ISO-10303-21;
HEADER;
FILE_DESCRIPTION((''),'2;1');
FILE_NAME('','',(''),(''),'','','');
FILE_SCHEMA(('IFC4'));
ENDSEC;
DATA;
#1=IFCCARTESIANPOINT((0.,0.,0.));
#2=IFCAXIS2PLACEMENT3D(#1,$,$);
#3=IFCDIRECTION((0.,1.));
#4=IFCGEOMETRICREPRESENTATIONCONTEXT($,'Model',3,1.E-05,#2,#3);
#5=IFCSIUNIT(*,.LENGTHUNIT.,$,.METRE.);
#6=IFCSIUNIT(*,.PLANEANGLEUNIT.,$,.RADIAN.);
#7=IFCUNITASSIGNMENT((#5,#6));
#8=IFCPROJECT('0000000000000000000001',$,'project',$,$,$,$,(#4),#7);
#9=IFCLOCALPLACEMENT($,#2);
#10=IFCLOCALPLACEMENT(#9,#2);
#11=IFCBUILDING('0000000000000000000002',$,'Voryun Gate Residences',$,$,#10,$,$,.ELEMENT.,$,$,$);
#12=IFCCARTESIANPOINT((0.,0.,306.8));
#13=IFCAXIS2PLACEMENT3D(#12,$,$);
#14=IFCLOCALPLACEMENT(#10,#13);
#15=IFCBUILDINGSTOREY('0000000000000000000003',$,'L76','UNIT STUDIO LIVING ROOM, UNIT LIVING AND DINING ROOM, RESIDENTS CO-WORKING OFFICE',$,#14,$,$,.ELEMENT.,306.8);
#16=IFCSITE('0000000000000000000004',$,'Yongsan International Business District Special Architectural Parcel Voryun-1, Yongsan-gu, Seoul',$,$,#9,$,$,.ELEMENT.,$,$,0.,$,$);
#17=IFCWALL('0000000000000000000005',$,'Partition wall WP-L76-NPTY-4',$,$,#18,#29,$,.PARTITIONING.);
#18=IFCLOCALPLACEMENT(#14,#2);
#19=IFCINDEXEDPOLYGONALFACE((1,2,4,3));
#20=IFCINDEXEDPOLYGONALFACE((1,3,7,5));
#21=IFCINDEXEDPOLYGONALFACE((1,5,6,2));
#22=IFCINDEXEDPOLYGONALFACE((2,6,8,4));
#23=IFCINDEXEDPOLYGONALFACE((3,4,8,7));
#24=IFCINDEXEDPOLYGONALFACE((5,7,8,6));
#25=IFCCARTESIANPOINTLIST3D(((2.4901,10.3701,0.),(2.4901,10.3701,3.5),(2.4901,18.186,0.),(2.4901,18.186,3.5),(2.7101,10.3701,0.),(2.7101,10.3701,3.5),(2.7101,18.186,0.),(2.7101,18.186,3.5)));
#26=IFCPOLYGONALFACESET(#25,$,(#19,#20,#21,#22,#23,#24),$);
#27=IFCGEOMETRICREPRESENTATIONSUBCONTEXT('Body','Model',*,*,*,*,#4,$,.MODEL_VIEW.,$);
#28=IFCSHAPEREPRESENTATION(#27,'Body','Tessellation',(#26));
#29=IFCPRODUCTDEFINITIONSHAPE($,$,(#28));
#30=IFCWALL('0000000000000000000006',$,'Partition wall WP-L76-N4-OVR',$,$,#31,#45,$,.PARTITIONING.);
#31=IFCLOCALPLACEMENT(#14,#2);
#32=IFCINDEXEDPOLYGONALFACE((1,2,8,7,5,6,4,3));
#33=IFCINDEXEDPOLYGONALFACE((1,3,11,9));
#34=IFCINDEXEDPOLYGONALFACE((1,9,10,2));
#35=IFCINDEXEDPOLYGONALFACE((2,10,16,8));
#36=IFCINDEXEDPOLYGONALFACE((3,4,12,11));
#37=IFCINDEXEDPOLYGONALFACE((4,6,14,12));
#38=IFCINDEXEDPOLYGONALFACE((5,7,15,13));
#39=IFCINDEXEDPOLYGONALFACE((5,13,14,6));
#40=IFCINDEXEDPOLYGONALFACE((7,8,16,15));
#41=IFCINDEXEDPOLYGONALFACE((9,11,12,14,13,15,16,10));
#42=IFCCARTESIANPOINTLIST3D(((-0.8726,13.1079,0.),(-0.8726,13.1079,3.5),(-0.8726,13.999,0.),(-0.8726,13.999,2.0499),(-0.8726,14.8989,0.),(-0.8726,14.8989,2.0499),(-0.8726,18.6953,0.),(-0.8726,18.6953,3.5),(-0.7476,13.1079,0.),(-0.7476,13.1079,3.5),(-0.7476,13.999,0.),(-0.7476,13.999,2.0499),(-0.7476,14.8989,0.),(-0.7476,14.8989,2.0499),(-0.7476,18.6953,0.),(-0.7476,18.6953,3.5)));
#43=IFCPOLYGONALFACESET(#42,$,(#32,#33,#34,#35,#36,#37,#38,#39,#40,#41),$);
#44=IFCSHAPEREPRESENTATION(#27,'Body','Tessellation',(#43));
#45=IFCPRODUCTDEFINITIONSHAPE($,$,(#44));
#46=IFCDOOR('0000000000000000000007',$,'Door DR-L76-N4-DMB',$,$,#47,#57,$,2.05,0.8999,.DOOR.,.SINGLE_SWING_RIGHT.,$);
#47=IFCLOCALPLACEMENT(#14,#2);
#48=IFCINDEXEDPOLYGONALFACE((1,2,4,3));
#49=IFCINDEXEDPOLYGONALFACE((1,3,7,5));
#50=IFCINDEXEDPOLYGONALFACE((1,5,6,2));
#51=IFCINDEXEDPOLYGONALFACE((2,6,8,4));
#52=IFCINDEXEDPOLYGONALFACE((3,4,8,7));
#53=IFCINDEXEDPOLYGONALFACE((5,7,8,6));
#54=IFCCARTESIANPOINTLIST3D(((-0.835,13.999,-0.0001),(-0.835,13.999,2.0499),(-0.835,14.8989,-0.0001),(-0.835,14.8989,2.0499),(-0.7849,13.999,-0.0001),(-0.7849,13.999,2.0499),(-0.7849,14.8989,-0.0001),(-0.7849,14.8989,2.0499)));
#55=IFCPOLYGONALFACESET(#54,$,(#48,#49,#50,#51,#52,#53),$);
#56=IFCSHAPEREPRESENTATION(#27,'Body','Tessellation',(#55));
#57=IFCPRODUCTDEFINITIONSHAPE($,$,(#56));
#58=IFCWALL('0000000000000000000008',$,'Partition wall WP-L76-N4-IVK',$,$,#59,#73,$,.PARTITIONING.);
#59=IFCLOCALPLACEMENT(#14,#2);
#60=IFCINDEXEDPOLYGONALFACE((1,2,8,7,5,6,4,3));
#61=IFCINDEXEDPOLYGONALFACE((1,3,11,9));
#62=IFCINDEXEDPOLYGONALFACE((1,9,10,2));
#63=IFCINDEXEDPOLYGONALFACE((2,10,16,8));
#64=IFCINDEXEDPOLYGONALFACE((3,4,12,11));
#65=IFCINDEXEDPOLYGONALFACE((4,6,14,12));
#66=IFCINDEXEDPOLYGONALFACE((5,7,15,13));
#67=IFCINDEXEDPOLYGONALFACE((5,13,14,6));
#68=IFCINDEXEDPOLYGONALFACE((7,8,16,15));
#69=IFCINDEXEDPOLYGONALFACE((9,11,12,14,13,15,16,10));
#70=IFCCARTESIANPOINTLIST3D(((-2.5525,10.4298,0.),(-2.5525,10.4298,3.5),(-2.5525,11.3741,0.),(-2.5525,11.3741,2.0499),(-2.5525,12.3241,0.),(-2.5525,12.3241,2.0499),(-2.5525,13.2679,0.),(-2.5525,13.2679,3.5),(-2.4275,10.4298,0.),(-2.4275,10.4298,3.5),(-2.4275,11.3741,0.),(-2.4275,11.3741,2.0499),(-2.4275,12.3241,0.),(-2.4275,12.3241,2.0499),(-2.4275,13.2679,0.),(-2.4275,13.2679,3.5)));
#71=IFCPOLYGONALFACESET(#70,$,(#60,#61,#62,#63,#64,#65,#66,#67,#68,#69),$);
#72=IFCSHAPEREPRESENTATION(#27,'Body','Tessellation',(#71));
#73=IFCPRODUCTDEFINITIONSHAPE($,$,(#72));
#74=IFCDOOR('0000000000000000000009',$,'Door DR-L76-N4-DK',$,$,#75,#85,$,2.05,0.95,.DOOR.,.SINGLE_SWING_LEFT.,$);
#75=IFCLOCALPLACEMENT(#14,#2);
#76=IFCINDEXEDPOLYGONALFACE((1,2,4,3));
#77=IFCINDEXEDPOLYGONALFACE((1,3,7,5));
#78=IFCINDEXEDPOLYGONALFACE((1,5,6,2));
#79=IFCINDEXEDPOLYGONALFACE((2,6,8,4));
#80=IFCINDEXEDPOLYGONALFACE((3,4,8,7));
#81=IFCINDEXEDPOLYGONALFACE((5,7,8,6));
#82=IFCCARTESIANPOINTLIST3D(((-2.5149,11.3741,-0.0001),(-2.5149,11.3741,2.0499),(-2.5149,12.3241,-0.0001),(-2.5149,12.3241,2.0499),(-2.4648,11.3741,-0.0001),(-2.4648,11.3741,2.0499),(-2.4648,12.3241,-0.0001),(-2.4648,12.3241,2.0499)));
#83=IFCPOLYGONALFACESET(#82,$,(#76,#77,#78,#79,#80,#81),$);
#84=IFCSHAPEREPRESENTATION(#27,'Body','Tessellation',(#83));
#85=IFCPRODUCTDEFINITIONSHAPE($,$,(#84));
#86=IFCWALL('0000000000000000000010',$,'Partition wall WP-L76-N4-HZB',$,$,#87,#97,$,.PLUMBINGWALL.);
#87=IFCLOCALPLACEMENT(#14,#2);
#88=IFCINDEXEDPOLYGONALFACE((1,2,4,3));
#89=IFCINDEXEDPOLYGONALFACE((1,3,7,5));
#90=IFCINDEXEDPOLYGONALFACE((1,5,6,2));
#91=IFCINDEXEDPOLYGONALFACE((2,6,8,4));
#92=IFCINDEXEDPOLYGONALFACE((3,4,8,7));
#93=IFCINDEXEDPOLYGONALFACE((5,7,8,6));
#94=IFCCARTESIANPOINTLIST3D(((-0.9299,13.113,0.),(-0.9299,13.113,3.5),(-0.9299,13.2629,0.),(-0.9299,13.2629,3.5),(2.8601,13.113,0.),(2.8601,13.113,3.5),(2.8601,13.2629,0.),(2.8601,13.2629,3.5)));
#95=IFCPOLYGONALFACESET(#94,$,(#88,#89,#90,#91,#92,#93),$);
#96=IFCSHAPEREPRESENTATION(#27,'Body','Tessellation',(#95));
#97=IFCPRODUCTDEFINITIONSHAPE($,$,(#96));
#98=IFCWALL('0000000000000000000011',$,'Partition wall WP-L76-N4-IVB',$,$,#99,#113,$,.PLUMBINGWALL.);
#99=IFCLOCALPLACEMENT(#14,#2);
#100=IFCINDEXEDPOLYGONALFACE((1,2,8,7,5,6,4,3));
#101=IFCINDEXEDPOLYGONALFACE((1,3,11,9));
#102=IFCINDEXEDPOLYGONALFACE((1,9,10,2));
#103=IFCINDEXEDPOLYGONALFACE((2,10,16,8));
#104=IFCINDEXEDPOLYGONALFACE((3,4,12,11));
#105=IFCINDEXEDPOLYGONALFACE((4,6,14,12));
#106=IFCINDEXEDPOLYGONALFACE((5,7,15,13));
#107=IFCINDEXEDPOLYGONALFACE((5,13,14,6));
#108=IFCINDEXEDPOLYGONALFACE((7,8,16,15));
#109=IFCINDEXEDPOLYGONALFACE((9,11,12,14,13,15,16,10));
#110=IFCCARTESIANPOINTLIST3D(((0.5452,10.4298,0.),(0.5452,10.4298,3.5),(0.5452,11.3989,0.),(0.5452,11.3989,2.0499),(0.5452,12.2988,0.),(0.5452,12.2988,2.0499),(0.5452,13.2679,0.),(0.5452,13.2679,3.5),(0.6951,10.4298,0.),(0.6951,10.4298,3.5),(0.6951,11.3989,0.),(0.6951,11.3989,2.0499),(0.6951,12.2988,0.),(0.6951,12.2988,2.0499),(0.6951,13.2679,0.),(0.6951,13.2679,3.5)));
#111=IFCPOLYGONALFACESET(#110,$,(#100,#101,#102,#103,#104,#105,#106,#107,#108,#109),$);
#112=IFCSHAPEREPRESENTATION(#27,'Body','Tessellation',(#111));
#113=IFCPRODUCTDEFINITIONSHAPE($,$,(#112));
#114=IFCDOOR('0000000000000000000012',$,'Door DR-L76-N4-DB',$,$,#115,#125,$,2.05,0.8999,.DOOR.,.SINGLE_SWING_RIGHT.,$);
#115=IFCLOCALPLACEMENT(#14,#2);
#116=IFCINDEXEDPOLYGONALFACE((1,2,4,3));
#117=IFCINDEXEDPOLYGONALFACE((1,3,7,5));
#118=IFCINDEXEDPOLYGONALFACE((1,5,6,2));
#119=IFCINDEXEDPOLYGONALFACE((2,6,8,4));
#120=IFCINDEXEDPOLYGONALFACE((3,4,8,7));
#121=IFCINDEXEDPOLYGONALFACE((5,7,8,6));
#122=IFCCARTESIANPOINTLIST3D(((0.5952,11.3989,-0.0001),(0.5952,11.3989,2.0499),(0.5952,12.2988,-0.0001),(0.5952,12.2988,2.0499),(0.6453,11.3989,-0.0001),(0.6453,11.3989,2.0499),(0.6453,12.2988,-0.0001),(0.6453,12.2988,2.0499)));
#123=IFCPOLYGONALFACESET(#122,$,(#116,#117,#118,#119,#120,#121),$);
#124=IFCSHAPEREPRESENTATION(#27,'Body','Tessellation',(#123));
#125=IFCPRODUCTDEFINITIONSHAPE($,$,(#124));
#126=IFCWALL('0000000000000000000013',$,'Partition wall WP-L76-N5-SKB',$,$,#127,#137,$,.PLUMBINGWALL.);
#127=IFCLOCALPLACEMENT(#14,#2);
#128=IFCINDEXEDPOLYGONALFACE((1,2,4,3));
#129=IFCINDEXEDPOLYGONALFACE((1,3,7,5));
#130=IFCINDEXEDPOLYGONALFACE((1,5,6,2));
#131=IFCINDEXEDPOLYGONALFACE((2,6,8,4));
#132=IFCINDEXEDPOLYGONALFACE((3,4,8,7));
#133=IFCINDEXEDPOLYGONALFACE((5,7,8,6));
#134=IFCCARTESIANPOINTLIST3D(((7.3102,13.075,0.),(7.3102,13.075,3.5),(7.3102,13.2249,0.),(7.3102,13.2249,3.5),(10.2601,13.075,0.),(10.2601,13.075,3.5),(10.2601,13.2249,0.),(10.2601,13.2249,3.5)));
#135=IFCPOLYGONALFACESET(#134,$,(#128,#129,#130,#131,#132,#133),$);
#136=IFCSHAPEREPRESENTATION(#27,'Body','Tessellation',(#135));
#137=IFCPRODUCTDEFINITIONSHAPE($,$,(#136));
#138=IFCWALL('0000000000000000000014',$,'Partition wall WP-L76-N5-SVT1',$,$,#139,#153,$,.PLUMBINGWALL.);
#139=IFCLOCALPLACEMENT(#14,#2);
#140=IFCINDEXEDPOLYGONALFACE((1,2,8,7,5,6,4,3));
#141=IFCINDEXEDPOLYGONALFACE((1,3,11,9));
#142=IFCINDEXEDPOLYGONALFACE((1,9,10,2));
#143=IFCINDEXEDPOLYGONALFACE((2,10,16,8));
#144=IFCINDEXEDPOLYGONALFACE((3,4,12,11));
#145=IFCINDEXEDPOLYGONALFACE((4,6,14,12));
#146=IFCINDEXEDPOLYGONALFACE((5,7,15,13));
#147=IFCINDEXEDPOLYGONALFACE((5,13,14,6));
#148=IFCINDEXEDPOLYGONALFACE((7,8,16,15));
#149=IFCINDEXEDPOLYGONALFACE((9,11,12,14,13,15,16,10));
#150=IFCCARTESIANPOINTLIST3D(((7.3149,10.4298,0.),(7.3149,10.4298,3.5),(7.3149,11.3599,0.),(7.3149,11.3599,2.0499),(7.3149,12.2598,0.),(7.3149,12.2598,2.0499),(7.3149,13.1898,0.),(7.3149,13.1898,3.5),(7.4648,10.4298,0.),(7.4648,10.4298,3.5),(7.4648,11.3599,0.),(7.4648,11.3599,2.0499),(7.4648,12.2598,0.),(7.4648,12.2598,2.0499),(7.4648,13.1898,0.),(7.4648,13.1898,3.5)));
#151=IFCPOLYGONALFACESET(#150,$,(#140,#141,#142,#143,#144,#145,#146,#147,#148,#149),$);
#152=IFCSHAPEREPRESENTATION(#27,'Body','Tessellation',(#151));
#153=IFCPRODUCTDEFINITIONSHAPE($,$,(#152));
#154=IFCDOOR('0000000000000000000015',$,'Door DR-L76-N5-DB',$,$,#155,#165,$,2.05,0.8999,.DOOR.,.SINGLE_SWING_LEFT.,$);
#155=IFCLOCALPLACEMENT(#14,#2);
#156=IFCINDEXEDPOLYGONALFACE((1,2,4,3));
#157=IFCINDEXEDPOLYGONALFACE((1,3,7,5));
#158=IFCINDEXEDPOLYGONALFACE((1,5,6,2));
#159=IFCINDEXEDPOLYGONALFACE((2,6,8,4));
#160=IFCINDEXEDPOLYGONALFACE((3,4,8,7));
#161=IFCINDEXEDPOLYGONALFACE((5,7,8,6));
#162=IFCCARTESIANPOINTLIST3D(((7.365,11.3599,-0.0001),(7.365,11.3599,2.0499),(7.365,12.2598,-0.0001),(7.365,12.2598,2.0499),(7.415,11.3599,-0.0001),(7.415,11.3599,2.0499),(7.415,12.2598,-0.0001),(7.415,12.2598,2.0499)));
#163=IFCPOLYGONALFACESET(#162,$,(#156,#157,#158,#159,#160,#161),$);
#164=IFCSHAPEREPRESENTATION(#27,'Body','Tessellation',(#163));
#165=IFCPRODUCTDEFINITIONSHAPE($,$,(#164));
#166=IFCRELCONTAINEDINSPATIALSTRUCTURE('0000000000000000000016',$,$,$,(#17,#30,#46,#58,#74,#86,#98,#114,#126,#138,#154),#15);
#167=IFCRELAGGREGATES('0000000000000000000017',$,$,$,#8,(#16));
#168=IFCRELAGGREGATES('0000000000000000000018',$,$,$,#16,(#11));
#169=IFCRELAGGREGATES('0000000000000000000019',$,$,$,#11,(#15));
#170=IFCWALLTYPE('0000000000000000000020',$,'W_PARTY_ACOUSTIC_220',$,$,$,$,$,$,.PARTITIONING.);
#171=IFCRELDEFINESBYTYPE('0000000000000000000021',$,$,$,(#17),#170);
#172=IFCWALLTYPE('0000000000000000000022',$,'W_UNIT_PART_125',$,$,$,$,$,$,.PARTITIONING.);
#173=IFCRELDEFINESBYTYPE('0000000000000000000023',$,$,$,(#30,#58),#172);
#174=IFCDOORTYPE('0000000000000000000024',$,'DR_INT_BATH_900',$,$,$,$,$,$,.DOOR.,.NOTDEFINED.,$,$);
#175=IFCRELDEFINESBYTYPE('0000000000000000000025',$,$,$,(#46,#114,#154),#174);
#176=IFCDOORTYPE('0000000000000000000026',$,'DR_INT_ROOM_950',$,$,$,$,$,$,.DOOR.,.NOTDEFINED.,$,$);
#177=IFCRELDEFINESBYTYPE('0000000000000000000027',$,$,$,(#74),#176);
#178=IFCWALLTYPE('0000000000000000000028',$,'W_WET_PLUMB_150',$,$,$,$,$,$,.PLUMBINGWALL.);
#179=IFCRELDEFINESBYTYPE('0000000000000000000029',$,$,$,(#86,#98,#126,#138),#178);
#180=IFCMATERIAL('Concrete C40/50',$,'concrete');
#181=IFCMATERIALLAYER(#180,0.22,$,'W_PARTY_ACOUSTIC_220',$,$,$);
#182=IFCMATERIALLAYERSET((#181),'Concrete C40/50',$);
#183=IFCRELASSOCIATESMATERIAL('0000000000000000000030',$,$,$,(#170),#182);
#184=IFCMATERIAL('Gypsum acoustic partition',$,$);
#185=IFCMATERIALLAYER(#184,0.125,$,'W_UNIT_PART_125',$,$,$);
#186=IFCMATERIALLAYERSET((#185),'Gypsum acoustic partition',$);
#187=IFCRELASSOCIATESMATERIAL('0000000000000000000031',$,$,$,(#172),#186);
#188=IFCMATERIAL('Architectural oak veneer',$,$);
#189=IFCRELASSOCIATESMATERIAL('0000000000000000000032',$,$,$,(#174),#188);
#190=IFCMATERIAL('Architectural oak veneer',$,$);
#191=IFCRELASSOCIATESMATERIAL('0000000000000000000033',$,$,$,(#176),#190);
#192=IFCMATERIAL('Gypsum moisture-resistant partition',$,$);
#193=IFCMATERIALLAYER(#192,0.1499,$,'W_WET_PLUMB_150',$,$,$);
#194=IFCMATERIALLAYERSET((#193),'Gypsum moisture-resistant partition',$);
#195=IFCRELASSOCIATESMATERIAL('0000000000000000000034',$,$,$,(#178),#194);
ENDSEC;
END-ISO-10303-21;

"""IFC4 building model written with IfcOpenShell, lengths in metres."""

from ifc_helpers import new_model, si_unit, direction, frame, frame_2d, origin, place, context, subcontext, project, spatial, rectangle, extrude, material, layer, layer_set, type_object, element, fill, save


model = new_model("IFC4")

# Units and contexts
model_context = context("Model", 3, precision=1e-05, world=origin(), true_north=direction((0.0, 1.0)))
body_context = subcontext(model_context, "Body", "Model", "MODEL_VIEW")
ifc_project = project(units=[si_unit("LENGTHUNIT", "METRE"), si_unit("PLANEANGLEUNIT", "RADIAN")], contexts=[model_context])

# Site, building, storey
site_placement = place(None, origin())
site = spatial("IfcSite", under=ifc_project, at=site_placement, Name="Yongsan International Business District Special Architectural Parcel Voryun-1, Yongsan-gu, Seoul", CompositionType="ELEMENT", RefElevation=0.0)
building_placement = place(site_placement, origin())
building = spatial("IfcBuilding", under=site, at=building_placement, Name="Voryun Gate Residences", CompositionType="ELEMENT")
storey_placement = place(building_placement, frame((0.0, 0.0, 306.8)))
storey = spatial("IfcBuildingStorey", under=building, at=storey_placement, Name="L76", Description="UNIT STUDIO LIVING ROOM, UNIT LIVING AND DINING ROOM, RESIDENTS CO-WORKING OFFICE", CompositionType="ELEMENT", Elevation=306.8)

# Wall
ifc_material_1 = material(Name="Concrete C40/50", Category="concrete")
ifc_layer_1 = layer(ifc_material_1, 0.22, Name="W_PARTY_ACOUSTIC_220")
ifc_layer_set_1 = layer_set([ifc_layer_1], Name="Concrete C40/50")
wall_type_1 = type_object("IfcWallType", Name="W_PARTY_ACOUSTIC_220", PredefinedType="PARTITIONING", material=ifc_layer_set_1)
wall_1_placement = place(storey_placement, frame((2.6001, 10.3701, 0.0), z_axis=(0.0, 0.0, 1.0), x_axis=(0.0, 1.0, 0.0)))
element("IfcWall", 1, at=wall_1_placement, inside=storey, type_object=wall_type_1, Name="Partition wall WP-L76-NPTY-4", PredefinedType="PARTITIONING", context=body_context, shape_type="SweptSolid", body=[
    extrude(rectangle(XDim=7.8159, YDim=0.22, at=frame_2d((3.908, 0.0))), origin(), (0.0, 0.0, 1.0), 3.5),
])

# Walls, openings, doors
ifc_material_2 = material(Name="Gypsum acoustic partition")
ifc_layer_2 = layer(ifc_material_2, 0.125, Name="W_UNIT_PART_125")
ifc_layer_set_2 = layer_set([ifc_layer_2], Name="Gypsum acoustic partition")
wall_type_2 = type_object("IfcWallType", Name="W_UNIT_PART_125", PredefinedType="PARTITIONING", material=ifc_layer_set_2)
wall_2_placement = place(storey_placement, frame((-0.8101, 13.1079, 0.0), z_axis=(0.0, 0.0, 1.0), x_axis=(0.0, 1.0, 0.0)))
wall_2 = element("IfcWall", 2, at=wall_2_placement, inside=storey, type_object=wall_type_2, Name="Partition wall WP-L76-N4-OVR", PredefinedType="PARTITIONING", context=body_context, shape_type="SweptSolid", body=[
    extrude(rectangle(XDim=5.5874, YDim=0.125, at=frame_2d((2.7937, 0.0))), origin(), (0.0, 0.0, 1.0), 3.5),
])
opening_1_placement = place(wall_2_placement, frame((0.8911, 0.0, 0.0)))
opening_1 = element("IfcOpeningElement", 3, at=opening_1_placement, cuts=wall_2, PredefinedType="OPENING", context=body_context, shape_type="SweptSolid", body=[
    extrude(rectangle(XDim=0.8999, YDim=2.05, at=frame_2d((0.45, 1.0249))), frame((0.0, 0.0725, 0.0), z_axis=(0.0, -1.0, 0.0), x_axis=(1.0, 0.0, 0.0)), (0.0, 0.0, 1.0), 0.145),
])
ifc_material_3 = material(Name="Architectural oak veneer")
door_type_1 = type_object("IfcDoorType", Name="DR_INT_BATH_900", OperationType="NOTDEFINED", PredefinedType="DOOR", material=ifc_material_3)
door_1_placement = place(opening_1_placement, origin())
door_1 = element("IfcDoor", 4, at=door_1_placement, inside=storey, type_object=door_type_1, Name="Door DR-L76-N4-DMB", OperationType="SINGLE_SWING_RIGHT", OverallHeight=2.05, OverallWidth=0.8999, PredefinedType="DOOR", context=body_context, shape_type="SweptSolid", body=[
    extrude(rectangle(XDim=0.8999, YDim=2.05, at=frame_2d((0.45, 1.0249))), frame((0.0, 0.0249, 0.0), z_axis=(0.0, -1.0, 0.0), x_axis=(1.0, 0.0, 0.0)), (0.0, 0.0, 1.0), 0.05),
])
fill(opening_1, door_1)
wall_3_placement = place(storey_placement, frame((-2.49, 10.4299, 0.0), z_axis=(0.0, 0.0, 1.0), x_axis=(0.0, 1.0, 0.0)))
wall_3 = element("IfcWall", 5, at=wall_3_placement, inside=storey, type_object=wall_type_2, Name="Partition wall WP-L76-N4-IVK", PredefinedType="PARTITIONING", context=body_context, shape_type="SweptSolid", body=[
    extrude(rectangle(XDim=2.8381, YDim=0.125, at=frame_2d((1.4189, 0.0))), origin(), (0.0, 0.0, 1.0), 3.5),
])
opening_2_placement = place(wall_3_placement, frame((0.9441, 0.0, 0.0)))
opening_2 = element("IfcOpeningElement", 6, at=opening_2_placement, cuts=wall_3, PredefinedType="OPENING", context=body_context, shape_type="SweptSolid", body=[
    extrude(rectangle(XDim=0.95, YDim=2.05, at=frame_2d((0.4751, 1.0249))), frame((0.0, 0.0725, 0.0), z_axis=(0.0, -1.0, 0.0), x_axis=(1.0, 0.0, 0.0)), (0.0, 0.0, 1.0), 0.145),
])
ifc_material_4 = material(Name="Architectural oak veneer")
door_type_2 = type_object("IfcDoorType", Name="DR_INT_ROOM_950", OperationType="NOTDEFINED", PredefinedType="DOOR", material=ifc_material_4)
door_2_placement = place(opening_2_placement, origin())
door_2 = element("IfcDoor", 7, at=door_2_placement, inside=storey, type_object=door_type_2, Name="Door DR-L76-N4-DK", OperationType="SINGLE_SWING_LEFT", OverallHeight=2.05, OverallWidth=0.95, PredefinedType="DOOR", context=body_context, shape_type="SweptSolid", body=[
    extrude(rectangle(XDim=0.95, YDim=2.05, at=frame_2d((0.4751, 1.0249))), frame((0.0, 0.0249, 0.0), z_axis=(0.0, -1.0, 0.0), x_axis=(1.0, 0.0, 0.0)), (0.0, 0.0, 1.0), 0.05),
])
fill(opening_2, door_2)

# Wall
ifc_material_5 = material(Name="Gypsum moisture-resistant partition")
ifc_layer_3 = layer(ifc_material_5, 0.1499, Name="W_WET_PLUMB_150")
ifc_layer_set_3 = layer_set([ifc_layer_3], Name="Gypsum moisture-resistant partition")
wall_type_3 = type_object("IfcWallType", Name="W_WET_PLUMB_150", PredefinedType="PLUMBINGWALL", material=ifc_layer_set_3)
wall_4_placement = place(storey_placement, frame((-0.9299, 13.188, 0.0), z_axis=(0.0, 0.0, 1.0), x_axis=(1.0, 0.0, 0.0)))
element("IfcWall", 8, at=wall_4_placement, inside=storey, type_object=wall_type_3, Name="Partition wall WP-L76-N4-HZB", PredefinedType="PLUMBINGWALL", context=body_context, shape_type="SweptSolid", body=[
    extrude(rectangle(XDim=3.79, YDim=0.1499, at=frame_2d((1.895, 0.0))), origin(), (0.0, 0.0, 1.0), 3.5),
])

# Wall, opening, door
wall_5_placement = place(storey_placement, frame((0.6201, 10.4299, 0.0), z_axis=(0.0, 0.0, 1.0), x_axis=(0.0, 1.0, 0.0)))
wall_5 = element("IfcWall", 9, at=wall_5_placement, inside=storey, type_object=wall_type_3, Name="Partition wall WP-L76-N4-IVB", PredefinedType="PLUMBINGWALL", context=body_context, shape_type="SweptSolid", body=[
    extrude(rectangle(XDim=2.8381, YDim=0.1499, at=frame_2d((1.4189, 0.0))), origin(), (0.0, 0.0, 1.0), 3.5),
])
opening_3_placement = place(wall_5_placement, frame((0.969, 0.0, 0.0)))
opening_3 = element("IfcOpeningElement", 10, at=opening_3_placement, cuts=wall_5, PredefinedType="OPENING", context=body_context, shape_type="SweptSolid", body=[
    extrude(rectangle(XDim=0.8999, YDim=2.05, at=frame_2d((0.45, 1.0249))), frame((0.0, 0.085, 0.0), z_axis=(0.0, -1.0, 0.0), x_axis=(1.0, 0.0, 0.0)), (0.0, 0.0, 1.0), 0.1699),
])
door_3_placement = place(opening_3_placement, origin())
door_3 = element("IfcDoor", 11, at=door_3_placement, inside=storey, type_object=door_type_1, Name="Door DR-L76-N4-DB", OperationType="SINGLE_SWING_RIGHT", OverallHeight=2.05, OverallWidth=0.8999, PredefinedType="DOOR", context=body_context, shape_type="SweptSolid", body=[
    extrude(rectangle(XDim=0.8999, YDim=2.05, at=frame_2d((0.45, 1.0249))), frame((0.0, 0.0249, 0.0), z_axis=(0.0, -1.0, 0.0), x_axis=(1.0, 0.0, 0.0)), (0.0, 0.0, 1.0), 0.05),
])
fill(opening_3, door_3)

# Wall
wall_6_placement = place(storey_placement, frame((7.3101, 13.1499, 0.0), z_axis=(0.0, 0.0, 1.0), x_axis=(1.0, 0.0, 0.0)))
element("IfcWall", 12, at=wall_6_placement, inside=storey, type_object=wall_type_3, Name="Partition wall WP-L76-N5-SKB", PredefinedType="PLUMBINGWALL", context=body_context, shape_type="SweptSolid", body=[
    extrude(rectangle(XDim=2.95, YDim=0.1499, at=frame_2d((1.4751, 0.0))), origin(), (0.0, 0.0, 1.0), 3.5),
])

# Wall, opening, door
wall_7_placement = place(storey_placement, frame((7.3899, 10.4299, 0.0), z_axis=(0.0, 0.0, 1.0), x_axis=(0.0, 1.0, 0.0)))
wall_7 = element("IfcWall", 13, at=wall_7_placement, inside=storey, type_object=wall_type_3, Name="Partition wall WP-L76-N5-SVT1", PredefinedType="PLUMBINGWALL", context=body_context, shape_type="SweptSolid", body=[
    extrude(rectangle(XDim=2.76, YDim=0.1499, at=frame_2d((1.3799, 0.0))), origin(), (0.0, 0.0, 1.0), 3.5),
])
opening_4_placement = place(wall_7_placement, frame((0.9299, 0.0, 0.0)))
opening_4 = element("IfcOpeningElement", 14, at=opening_4_placement, cuts=wall_7, PredefinedType="OPENING", context=body_context, shape_type="SweptSolid", body=[
    extrude(rectangle(XDim=0.8999, YDim=2.05, at=frame_2d((0.45, 1.0249))), frame((0.0, 0.085, 0.0), z_axis=(0.0, -1.0, 0.0), x_axis=(1.0, 0.0, 0.0)), (0.0, 0.0, 1.0), 0.1699),
])
door_4_placement = place(opening_4_placement, origin())
door_4 = element("IfcDoor", 15, at=door_4_placement, inside=storey, type_object=door_type_1, Name="Door DR-L76-N5-DB", OperationType="SINGLE_SWING_LEFT", OverallHeight=2.05, OverallWidth=0.8999, PredefinedType="DOOR", context=body_context, shape_type="SweptSolid", body=[
    extrude(rectangle(XDim=0.8999, YDim=2.05, at=frame_2d((0.45, 1.0249))), frame((0.0, 0.0249, 0.0), z_axis=(0.0, -1.0, 0.0), x_axis=(1.0, 0.0, 0.0)), (0.0, 0.0, 1.0), 0.05),
])
fill(opening_4, door_4)

save(model, "model.ifc")
